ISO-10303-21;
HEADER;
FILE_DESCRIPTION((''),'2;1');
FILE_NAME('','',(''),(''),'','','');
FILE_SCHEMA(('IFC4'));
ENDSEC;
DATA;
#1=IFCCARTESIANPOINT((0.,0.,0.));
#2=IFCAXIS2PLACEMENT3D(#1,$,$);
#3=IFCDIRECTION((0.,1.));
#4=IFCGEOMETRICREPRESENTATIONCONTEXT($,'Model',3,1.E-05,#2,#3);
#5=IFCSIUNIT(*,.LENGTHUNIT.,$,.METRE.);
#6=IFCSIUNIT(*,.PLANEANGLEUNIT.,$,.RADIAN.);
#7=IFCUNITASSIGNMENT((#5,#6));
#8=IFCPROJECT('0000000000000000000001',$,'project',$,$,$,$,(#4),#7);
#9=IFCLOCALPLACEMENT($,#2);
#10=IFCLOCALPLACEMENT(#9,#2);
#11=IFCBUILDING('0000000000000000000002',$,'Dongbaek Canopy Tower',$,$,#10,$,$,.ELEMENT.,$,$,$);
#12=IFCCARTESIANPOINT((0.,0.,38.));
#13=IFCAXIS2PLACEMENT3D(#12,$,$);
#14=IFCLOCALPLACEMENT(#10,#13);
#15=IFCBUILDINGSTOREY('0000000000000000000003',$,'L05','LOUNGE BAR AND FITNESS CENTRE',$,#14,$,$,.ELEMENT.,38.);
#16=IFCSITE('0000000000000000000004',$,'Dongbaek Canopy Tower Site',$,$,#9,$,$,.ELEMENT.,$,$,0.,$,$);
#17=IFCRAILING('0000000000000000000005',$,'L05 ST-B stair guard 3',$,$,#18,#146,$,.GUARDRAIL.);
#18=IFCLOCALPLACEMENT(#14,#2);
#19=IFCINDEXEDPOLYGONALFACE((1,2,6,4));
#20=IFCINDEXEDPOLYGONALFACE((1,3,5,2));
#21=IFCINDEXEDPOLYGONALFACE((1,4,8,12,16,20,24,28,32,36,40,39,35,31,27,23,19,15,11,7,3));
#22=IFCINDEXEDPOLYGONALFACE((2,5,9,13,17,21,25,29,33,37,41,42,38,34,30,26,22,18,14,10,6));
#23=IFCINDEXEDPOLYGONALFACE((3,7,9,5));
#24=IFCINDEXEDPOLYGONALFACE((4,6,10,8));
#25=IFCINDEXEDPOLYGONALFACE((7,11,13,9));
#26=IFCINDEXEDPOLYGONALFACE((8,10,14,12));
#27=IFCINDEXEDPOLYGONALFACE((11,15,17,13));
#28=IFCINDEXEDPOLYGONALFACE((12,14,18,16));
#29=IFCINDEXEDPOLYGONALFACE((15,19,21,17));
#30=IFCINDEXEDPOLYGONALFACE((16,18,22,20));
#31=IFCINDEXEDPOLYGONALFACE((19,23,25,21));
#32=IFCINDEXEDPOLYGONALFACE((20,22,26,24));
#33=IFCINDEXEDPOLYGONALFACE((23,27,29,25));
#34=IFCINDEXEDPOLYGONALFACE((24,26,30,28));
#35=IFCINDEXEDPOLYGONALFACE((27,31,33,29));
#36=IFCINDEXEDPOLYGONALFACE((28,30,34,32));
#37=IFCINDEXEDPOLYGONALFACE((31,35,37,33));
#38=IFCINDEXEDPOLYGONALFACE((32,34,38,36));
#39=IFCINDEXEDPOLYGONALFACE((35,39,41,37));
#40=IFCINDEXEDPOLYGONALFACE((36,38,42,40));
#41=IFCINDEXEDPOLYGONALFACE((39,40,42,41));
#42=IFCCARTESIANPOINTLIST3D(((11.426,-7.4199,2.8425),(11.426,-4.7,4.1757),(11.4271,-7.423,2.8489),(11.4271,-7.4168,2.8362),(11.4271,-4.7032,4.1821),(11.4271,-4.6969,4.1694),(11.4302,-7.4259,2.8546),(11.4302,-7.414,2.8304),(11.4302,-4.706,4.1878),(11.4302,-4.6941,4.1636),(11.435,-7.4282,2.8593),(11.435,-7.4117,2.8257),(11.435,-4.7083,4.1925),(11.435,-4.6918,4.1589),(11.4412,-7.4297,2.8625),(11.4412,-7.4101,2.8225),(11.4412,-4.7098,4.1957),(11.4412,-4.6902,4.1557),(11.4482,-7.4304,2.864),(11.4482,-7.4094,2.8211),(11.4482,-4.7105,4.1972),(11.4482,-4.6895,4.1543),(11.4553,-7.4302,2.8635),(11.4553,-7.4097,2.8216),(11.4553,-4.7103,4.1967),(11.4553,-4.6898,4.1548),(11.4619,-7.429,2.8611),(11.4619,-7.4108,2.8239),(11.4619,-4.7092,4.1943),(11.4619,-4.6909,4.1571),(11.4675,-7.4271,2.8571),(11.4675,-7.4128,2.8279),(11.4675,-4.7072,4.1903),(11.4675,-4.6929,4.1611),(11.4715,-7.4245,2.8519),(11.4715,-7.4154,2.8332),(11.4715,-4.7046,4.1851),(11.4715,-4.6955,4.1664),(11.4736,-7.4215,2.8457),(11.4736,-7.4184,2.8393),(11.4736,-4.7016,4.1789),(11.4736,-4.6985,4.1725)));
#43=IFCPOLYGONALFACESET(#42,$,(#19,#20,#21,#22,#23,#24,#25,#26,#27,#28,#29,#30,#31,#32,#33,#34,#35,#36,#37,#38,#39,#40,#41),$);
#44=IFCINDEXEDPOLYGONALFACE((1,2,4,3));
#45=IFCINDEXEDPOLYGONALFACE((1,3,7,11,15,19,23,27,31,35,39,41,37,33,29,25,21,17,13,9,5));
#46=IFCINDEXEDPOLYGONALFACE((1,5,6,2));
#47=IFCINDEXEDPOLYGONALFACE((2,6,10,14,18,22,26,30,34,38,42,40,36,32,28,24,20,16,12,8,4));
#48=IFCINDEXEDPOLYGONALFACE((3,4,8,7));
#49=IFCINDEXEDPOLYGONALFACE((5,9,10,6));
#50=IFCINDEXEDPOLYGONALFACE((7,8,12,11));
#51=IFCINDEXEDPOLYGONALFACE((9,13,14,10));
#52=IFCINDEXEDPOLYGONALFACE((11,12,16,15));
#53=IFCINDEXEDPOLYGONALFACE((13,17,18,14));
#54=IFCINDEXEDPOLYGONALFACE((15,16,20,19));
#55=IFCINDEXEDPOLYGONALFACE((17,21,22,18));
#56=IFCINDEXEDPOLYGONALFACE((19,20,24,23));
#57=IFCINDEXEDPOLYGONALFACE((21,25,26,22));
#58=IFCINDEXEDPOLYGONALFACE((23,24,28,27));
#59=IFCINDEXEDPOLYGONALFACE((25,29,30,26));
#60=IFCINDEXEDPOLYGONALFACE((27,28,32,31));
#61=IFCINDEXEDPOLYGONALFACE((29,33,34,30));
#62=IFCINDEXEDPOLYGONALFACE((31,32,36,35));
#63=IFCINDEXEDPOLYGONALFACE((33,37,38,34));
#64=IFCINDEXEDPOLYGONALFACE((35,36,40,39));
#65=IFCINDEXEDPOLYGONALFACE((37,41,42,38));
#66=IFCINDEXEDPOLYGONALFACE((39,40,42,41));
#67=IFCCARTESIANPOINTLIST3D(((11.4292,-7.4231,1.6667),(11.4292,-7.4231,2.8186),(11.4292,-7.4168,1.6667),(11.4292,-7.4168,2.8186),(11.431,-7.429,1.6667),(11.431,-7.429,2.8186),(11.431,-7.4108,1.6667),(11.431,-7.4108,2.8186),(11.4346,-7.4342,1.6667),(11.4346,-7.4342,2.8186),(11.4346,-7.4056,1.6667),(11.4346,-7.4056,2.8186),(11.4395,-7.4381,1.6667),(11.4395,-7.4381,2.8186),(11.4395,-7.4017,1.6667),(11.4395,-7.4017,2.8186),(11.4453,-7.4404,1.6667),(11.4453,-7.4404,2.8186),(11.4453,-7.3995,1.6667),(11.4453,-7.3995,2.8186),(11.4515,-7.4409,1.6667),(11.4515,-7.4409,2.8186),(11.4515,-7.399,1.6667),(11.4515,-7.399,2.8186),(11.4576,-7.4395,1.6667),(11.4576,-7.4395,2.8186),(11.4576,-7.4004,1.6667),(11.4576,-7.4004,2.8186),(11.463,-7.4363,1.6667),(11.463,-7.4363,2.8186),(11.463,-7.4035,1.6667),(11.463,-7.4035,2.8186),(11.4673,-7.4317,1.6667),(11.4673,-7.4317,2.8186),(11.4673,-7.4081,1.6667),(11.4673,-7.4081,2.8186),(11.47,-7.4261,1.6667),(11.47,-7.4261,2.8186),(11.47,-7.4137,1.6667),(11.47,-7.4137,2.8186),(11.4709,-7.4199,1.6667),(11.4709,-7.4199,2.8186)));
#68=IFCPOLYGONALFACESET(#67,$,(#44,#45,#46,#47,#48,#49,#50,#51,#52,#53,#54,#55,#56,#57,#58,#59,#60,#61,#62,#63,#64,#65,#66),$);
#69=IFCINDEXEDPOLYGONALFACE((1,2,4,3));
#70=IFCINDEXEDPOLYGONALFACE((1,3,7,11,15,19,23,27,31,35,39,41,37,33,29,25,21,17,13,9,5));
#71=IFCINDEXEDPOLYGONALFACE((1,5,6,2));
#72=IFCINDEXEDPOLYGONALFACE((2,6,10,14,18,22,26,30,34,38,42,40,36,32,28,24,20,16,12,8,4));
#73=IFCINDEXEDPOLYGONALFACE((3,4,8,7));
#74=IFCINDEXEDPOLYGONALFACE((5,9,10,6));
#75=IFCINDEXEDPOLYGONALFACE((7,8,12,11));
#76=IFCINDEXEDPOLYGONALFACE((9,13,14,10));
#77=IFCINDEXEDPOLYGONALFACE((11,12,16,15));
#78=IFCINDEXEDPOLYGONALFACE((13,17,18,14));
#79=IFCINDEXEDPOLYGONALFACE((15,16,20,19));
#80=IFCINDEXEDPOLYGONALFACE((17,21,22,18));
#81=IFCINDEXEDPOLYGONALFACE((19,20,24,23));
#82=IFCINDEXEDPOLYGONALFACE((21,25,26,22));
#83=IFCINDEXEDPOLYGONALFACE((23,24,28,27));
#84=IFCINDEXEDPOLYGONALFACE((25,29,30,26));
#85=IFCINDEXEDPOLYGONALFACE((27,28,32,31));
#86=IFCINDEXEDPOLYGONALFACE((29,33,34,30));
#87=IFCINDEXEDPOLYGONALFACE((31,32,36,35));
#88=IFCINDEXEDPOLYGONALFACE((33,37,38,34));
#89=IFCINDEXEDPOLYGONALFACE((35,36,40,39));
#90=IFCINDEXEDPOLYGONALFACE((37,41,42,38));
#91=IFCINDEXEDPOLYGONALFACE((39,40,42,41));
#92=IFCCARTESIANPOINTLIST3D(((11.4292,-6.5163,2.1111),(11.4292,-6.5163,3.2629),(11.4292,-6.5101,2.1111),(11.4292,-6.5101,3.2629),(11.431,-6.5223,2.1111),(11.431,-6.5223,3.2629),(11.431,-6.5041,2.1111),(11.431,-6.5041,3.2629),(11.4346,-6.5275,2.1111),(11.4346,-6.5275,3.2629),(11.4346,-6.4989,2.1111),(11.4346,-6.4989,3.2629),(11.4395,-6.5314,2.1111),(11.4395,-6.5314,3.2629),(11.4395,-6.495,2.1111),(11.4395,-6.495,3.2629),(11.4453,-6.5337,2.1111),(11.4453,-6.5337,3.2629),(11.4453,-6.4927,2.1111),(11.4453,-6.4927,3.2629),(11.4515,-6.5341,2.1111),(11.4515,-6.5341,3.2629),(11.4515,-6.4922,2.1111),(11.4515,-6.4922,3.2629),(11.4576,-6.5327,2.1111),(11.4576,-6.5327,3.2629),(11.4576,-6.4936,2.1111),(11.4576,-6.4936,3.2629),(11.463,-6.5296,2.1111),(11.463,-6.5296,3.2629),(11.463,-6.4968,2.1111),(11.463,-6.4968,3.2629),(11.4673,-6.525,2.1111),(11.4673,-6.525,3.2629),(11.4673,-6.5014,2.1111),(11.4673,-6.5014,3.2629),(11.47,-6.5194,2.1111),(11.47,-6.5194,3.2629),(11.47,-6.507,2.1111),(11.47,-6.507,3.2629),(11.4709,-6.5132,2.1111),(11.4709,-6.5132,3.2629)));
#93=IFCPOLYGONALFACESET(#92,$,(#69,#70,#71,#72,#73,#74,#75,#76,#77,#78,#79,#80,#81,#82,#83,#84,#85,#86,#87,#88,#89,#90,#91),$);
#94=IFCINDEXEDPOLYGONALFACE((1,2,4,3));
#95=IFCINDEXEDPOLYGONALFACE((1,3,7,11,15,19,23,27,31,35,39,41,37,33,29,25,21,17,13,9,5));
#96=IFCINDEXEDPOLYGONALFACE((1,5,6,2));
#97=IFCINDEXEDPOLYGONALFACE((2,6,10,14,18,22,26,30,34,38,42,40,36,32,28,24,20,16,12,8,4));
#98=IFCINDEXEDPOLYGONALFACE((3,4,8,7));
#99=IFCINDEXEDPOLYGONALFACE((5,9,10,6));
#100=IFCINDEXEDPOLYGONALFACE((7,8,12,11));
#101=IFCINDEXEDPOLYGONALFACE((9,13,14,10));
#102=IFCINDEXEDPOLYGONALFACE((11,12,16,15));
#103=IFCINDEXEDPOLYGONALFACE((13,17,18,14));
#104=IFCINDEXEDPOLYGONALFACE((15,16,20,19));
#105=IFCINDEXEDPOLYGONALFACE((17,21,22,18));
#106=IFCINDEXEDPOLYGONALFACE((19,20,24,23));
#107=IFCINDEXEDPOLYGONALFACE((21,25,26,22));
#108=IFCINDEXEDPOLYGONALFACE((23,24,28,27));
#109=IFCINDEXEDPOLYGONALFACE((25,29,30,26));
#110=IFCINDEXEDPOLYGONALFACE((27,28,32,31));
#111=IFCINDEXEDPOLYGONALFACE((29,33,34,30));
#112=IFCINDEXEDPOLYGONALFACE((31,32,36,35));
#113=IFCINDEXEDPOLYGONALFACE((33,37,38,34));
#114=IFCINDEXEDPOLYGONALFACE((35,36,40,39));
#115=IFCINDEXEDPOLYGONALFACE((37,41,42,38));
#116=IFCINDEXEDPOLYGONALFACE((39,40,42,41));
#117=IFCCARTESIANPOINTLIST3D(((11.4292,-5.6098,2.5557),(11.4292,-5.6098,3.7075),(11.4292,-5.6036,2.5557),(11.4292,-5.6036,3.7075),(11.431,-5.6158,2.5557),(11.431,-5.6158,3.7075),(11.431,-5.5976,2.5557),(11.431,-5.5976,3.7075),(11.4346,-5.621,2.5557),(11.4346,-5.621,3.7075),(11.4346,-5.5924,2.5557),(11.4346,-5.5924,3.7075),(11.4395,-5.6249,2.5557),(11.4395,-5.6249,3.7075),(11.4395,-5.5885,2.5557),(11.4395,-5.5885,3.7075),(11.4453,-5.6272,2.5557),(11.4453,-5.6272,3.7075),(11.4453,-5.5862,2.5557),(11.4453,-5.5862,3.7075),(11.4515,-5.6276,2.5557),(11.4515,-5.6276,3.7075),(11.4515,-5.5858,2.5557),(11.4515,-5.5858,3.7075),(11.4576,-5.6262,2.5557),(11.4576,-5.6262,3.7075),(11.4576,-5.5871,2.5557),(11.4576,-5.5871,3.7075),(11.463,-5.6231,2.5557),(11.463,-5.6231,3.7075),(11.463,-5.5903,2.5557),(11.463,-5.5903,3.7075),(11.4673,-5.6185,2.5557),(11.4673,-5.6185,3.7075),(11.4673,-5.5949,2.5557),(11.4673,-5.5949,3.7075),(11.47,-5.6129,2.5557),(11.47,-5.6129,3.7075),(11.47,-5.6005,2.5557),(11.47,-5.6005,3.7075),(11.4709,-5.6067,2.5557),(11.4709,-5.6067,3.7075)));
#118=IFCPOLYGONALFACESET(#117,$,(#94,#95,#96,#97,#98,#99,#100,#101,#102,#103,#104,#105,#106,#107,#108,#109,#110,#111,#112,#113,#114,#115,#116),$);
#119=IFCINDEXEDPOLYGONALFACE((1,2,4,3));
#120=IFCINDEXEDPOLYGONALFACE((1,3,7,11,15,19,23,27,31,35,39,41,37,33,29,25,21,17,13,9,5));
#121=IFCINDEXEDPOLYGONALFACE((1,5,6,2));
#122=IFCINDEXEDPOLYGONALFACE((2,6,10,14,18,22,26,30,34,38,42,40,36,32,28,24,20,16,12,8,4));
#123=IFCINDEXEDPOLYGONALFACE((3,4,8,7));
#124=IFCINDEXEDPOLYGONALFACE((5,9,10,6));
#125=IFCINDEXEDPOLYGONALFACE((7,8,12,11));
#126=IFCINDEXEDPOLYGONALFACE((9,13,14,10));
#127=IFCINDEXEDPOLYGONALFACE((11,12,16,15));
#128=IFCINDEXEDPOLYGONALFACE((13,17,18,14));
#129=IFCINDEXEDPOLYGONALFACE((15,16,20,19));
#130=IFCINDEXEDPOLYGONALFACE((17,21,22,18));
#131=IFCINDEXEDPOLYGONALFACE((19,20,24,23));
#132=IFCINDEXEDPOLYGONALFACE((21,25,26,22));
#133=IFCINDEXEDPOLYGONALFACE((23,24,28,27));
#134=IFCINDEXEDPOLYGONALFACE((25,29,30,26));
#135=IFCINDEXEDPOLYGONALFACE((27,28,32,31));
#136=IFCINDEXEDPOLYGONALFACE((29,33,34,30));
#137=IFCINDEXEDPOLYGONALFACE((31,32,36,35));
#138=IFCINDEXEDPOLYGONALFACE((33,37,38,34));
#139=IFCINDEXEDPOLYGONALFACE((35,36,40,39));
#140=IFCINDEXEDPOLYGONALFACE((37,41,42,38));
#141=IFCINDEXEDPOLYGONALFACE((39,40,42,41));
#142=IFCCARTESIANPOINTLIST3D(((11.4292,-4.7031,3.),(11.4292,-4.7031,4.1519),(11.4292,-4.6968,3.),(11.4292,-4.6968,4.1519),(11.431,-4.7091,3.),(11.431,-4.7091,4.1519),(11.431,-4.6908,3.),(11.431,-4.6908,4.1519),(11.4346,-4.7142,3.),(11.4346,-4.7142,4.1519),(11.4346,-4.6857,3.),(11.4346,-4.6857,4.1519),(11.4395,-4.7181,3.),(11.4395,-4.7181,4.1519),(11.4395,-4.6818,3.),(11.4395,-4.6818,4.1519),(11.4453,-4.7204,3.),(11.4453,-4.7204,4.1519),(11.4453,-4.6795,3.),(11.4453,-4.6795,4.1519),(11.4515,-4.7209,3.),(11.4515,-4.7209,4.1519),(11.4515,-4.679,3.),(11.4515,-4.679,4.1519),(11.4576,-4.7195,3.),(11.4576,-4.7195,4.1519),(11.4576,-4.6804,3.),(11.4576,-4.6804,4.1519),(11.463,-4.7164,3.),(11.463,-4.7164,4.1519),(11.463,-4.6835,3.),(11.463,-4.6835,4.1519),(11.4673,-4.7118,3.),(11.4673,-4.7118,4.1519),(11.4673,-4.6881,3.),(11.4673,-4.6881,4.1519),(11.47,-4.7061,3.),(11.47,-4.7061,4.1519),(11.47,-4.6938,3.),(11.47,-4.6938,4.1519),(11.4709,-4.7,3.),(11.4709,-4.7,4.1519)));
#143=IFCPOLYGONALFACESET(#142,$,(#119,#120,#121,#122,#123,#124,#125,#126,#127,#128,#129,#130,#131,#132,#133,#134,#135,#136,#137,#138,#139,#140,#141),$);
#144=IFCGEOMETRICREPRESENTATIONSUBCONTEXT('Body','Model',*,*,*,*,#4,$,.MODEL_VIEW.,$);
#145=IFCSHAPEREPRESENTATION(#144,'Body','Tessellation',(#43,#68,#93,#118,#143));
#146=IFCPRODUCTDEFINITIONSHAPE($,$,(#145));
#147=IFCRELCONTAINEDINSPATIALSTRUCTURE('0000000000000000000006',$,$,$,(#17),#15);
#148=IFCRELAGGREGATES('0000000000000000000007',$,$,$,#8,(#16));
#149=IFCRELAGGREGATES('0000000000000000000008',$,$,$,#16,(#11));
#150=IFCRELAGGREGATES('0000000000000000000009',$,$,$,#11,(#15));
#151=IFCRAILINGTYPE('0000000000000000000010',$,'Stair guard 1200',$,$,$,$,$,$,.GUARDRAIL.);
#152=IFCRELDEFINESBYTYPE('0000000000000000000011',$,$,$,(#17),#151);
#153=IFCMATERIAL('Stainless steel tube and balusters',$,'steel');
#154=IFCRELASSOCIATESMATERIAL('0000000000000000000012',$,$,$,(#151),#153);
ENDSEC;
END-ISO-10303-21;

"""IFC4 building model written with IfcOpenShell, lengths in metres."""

from ifc_helpers import new_model, si_unit, direction, frame, origin, origin_2d, place, context, subcontext, project, spatial, circle, extrude, material, type_object, element, save


model = new_model("IFC4")

# Units and contexts
model_context = context("Model", 3, precision=1e-05, world=origin(), true_north=direction((0.0, 1.0)))
body_context = subcontext(model_context, "Body", "Model", "MODEL_VIEW")
ifc_project = project(units=[si_unit("LENGTHUNIT", "METRE"), si_unit("PLANEANGLEUNIT", "RADIAN")], contexts=[model_context])

# Site, building, storey
site_placement = place(None, origin())
site = spatial("IfcSite", under=ifc_project, at=site_placement, Name="Dongbaek Canopy Tower Site", CompositionType="ELEMENT", RefElevation=0.0)
building_placement = place(site_placement, origin())
building = spatial("IfcBuilding", under=site, at=building_placement, Name="Dongbaek Canopy Tower", CompositionType="ELEMENT")
storey_placement = place(building_placement, frame((0.0, 0.0, 38.0)))
storey = spatial("IfcBuildingStorey", under=building, at=storey_placement, Name="L05", Description="LOUNGE BAR AND FITNESS CENTRE", CompositionType="ELEMENT", Elevation=38.0)

# Railing
ifc_material_1 = material(Name="Stainless steel tube and balusters", Category="steel")
railing_type_1 = type_object("IfcRailingType", Name="Stair guard 1200", PredefinedType="GUARDRAIL", material=ifc_material_1)
railing_1_placement = place(storey_placement, frame((11.45, -7.4199, 1.6667)))
element("IfcRailing", 1, at=railing_1_placement, inside=storey, type_object=railing_type_1, Name="L05 ST-B stair guard 3", PredefinedType="GUARDRAIL", context=body_context, shape_type="SweptSolid", body=[
    extrude(circle(Radius=0.0239, at=origin_2d()), frame((0.0, 0.0, 1.1758), z_axis=(0.0, 0.897929, 0.440139), x_axis=(-1.0, 0.0, 0.0)), (0.0, 0.0, 1.0), 3.0291),
    extrude(circle(Radius=0.021, at=origin_2d()), origin(), (0.0, 0.0, 1.0), 1.1519),
    extrude(circle(Radius=0.021, at=origin_2d()), frame((0.0, 0.9067, 0.4443)), (0.0, 0.0, 1.0), 1.1519),
    extrude(circle(Radius=0.021, at=origin_2d()), frame((0.0, 1.8132, 0.8889)), (0.0, 0.0, 1.0), 1.1519),
    extrude(circle(Radius=0.021, at=origin_2d()), frame((0.0, 2.72, 1.3333)), (0.0, 0.0, 1.0), 1.1519),
])

save(model, "model.ifc")
